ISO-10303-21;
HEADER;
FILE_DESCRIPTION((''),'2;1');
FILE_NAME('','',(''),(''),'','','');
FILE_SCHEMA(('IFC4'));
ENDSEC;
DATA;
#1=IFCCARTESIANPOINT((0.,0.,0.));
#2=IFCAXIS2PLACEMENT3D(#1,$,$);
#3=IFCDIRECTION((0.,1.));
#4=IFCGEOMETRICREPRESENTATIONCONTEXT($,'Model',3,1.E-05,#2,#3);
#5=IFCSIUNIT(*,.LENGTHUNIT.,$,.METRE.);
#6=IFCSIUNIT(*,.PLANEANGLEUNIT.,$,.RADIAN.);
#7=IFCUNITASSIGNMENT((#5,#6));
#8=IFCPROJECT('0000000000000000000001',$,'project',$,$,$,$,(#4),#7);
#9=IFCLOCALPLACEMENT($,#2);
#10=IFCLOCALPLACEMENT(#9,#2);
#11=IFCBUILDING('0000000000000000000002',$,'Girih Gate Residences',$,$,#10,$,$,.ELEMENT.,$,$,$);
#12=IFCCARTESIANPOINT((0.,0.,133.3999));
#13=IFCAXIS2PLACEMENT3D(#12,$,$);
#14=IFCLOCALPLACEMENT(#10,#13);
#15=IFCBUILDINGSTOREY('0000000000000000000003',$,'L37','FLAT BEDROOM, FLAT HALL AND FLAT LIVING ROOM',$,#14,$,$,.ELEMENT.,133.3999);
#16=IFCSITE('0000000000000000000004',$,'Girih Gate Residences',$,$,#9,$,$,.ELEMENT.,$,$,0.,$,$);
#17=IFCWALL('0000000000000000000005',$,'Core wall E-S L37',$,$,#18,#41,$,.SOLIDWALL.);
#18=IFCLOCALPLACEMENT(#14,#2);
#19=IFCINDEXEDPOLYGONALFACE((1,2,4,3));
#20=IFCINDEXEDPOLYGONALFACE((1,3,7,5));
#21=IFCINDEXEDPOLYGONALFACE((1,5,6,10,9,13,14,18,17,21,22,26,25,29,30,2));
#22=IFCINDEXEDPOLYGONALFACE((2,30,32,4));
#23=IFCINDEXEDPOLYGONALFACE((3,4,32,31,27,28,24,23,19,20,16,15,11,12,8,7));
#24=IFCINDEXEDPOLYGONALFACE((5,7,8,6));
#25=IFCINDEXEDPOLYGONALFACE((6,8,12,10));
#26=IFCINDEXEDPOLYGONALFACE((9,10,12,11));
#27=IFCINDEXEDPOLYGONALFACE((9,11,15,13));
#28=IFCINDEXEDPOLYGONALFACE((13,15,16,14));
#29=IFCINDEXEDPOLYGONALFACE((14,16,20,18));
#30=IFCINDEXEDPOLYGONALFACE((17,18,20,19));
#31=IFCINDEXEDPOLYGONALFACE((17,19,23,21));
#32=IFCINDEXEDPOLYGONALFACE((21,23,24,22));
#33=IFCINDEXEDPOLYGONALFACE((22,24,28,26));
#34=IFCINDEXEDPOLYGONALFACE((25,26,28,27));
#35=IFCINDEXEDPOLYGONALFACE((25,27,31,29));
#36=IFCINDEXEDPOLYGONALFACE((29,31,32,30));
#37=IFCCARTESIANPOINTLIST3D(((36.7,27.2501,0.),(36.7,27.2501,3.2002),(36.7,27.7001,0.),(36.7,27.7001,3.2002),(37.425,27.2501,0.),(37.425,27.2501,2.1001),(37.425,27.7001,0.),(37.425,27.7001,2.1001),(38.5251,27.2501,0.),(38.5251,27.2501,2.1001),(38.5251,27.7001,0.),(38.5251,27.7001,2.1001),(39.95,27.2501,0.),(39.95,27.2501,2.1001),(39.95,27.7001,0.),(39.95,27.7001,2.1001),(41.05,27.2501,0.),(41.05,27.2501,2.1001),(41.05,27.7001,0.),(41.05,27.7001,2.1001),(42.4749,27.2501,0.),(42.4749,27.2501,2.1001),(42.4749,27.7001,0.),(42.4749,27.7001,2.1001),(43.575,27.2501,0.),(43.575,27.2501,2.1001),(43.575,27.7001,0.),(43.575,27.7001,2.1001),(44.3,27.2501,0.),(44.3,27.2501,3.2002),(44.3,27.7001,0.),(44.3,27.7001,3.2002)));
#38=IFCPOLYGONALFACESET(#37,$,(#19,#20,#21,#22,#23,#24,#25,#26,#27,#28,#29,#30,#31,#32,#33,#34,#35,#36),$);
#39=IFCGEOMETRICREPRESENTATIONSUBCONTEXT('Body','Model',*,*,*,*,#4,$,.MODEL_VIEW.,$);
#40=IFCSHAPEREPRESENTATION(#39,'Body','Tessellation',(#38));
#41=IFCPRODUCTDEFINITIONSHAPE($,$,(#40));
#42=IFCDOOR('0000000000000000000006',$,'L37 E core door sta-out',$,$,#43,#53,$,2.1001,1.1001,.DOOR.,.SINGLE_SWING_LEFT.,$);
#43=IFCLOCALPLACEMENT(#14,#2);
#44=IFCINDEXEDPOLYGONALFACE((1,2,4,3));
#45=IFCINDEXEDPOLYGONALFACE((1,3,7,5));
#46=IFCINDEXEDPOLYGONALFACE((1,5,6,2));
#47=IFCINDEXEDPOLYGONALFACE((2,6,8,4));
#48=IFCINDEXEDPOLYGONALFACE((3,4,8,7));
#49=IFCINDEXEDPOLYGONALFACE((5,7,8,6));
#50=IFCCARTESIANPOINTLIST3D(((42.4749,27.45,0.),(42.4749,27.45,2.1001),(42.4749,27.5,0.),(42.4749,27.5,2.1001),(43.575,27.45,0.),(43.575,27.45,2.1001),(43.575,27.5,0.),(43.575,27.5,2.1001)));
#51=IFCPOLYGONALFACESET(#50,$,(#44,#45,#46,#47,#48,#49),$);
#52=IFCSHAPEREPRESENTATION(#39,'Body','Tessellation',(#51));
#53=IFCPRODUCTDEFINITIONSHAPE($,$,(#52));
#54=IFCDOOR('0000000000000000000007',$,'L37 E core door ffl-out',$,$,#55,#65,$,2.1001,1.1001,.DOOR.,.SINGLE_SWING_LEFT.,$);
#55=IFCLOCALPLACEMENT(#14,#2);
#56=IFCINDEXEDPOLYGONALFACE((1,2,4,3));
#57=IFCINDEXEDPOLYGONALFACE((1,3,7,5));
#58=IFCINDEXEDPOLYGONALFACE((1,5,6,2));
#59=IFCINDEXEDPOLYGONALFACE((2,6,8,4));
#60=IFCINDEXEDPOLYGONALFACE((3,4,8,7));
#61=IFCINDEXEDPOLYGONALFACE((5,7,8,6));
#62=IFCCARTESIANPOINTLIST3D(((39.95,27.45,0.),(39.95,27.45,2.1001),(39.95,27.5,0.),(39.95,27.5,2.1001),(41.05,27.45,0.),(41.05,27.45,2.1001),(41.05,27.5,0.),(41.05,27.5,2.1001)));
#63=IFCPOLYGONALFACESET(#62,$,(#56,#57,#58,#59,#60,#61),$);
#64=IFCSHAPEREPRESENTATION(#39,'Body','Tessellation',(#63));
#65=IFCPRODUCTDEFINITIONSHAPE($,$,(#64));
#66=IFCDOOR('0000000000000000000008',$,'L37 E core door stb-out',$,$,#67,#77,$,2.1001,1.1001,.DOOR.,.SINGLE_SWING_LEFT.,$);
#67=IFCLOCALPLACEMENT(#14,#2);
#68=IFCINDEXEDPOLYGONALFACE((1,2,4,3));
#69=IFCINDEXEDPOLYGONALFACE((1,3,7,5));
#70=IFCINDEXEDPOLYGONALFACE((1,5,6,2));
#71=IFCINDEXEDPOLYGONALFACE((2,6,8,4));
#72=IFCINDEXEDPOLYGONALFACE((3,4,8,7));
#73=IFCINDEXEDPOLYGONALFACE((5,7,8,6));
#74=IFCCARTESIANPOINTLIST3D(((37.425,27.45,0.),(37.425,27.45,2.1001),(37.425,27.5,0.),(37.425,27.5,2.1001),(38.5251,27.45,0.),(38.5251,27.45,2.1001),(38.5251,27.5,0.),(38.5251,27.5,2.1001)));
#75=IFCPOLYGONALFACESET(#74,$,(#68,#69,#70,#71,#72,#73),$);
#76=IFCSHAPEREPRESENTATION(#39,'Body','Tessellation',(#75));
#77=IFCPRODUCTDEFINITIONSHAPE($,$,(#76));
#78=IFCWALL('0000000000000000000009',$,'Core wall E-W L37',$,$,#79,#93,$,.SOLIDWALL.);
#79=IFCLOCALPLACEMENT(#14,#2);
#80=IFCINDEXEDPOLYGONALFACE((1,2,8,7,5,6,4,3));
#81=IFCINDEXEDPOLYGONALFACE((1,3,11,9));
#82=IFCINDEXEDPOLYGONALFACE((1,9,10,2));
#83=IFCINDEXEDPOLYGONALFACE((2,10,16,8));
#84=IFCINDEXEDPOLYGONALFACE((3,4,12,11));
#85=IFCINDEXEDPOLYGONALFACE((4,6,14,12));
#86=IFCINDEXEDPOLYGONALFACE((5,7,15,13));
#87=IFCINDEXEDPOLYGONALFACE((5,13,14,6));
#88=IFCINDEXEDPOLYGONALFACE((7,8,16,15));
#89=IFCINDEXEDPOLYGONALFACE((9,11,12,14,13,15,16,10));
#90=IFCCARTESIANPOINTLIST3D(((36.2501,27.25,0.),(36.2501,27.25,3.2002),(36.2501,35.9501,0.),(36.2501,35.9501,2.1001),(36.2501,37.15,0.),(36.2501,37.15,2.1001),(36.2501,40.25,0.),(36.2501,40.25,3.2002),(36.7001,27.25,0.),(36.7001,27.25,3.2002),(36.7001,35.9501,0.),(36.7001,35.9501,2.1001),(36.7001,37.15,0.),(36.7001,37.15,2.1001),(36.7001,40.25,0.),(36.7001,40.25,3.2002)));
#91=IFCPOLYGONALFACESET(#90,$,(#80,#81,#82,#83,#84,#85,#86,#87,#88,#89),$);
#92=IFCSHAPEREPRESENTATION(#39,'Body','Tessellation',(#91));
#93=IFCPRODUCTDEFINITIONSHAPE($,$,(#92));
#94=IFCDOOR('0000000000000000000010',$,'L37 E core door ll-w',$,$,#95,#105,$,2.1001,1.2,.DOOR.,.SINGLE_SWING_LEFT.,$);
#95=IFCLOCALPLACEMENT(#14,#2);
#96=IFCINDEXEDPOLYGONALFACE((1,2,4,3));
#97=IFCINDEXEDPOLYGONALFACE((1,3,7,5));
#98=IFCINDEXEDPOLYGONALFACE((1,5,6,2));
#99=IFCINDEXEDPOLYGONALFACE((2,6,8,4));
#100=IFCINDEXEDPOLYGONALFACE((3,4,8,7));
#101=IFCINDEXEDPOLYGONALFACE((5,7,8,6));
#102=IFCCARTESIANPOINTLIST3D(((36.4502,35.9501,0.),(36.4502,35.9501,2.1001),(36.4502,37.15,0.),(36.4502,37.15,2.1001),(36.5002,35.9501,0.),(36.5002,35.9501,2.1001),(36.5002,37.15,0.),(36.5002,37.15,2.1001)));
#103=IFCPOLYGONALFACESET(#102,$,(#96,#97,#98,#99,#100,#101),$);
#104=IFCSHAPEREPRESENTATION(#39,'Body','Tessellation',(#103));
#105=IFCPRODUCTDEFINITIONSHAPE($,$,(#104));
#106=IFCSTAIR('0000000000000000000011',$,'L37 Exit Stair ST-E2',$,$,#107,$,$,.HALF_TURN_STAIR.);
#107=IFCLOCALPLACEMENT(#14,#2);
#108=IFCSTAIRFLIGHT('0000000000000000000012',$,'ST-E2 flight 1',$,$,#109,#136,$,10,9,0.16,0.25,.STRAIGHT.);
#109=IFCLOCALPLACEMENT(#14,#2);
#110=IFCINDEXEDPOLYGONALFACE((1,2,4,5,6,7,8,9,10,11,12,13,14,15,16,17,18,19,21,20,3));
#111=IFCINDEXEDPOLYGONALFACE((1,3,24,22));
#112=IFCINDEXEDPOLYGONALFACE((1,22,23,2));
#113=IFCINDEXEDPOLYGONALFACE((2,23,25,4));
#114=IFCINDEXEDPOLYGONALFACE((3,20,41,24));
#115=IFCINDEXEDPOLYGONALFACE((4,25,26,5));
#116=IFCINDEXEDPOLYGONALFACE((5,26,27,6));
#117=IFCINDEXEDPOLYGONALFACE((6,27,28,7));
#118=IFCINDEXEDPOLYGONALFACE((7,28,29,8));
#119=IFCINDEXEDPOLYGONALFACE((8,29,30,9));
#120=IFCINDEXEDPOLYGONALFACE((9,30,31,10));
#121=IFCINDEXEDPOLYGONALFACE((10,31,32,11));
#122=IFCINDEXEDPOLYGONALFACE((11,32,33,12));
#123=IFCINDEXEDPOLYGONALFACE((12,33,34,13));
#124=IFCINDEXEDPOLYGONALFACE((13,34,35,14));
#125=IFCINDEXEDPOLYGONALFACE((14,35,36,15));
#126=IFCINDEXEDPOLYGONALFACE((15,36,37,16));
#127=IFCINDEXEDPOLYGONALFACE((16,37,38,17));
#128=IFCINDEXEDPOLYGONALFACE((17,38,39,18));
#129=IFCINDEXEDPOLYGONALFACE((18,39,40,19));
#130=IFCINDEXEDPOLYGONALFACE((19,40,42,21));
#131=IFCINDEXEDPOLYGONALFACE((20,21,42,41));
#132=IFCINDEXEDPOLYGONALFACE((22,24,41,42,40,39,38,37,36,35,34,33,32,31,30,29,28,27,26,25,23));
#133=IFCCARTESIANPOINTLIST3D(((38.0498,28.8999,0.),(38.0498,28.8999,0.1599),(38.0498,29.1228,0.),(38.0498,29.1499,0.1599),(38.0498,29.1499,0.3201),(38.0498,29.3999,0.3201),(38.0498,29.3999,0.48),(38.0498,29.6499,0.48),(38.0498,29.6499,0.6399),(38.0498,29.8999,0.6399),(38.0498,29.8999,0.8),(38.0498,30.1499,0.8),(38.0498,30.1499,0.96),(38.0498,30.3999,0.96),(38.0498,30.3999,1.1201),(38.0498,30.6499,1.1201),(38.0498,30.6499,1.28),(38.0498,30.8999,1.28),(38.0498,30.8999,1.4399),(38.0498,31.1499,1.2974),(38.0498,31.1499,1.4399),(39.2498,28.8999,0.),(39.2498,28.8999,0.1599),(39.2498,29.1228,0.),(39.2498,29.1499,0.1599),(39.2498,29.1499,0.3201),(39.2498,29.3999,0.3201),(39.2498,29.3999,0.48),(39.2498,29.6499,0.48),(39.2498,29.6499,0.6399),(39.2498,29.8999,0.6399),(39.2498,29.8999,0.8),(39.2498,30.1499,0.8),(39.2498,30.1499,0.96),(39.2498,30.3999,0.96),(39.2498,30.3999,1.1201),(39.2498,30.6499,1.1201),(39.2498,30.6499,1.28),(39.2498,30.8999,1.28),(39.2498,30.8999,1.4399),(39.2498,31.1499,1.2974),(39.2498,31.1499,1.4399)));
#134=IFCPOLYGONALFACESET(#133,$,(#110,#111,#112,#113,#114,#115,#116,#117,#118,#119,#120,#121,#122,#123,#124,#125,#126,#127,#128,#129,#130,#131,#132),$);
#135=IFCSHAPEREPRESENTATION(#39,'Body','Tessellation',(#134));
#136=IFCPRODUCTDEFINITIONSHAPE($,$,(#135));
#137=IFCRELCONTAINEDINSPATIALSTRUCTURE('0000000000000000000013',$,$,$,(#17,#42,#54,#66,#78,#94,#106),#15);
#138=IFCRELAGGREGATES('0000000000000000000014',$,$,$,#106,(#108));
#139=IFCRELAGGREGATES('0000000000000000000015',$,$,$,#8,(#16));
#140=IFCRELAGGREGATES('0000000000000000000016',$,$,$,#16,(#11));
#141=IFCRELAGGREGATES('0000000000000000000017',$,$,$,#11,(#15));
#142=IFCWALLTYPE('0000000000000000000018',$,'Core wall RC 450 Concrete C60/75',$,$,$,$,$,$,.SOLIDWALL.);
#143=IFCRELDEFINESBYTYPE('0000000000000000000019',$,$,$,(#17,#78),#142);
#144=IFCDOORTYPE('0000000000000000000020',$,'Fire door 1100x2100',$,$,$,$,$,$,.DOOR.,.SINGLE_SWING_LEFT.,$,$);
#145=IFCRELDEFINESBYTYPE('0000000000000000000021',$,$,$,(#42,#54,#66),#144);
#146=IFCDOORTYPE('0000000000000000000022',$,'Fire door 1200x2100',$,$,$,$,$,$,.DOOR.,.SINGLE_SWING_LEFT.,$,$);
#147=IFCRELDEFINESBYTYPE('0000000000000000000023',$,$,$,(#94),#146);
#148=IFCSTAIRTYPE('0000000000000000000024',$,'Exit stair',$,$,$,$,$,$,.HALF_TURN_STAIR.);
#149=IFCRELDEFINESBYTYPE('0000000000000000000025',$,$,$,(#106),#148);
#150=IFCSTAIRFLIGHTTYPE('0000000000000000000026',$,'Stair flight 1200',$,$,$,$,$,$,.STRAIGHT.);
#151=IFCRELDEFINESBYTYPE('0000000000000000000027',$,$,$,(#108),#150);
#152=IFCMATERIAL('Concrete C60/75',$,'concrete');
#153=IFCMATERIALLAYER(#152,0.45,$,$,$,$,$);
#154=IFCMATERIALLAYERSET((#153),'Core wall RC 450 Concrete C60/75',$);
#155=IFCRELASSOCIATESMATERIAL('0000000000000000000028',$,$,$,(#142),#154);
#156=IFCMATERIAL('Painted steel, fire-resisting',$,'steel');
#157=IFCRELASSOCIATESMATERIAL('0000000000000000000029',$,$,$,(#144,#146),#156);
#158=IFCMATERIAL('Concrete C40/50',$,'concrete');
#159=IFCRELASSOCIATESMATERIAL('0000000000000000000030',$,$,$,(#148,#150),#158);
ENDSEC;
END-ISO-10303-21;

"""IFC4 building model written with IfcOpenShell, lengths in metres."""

from ifc_helpers import new_model, si_unit, direction, frame, frame_2d, origin, place, context, subcontext, project, spatial, polyline, rectangle, outline, extrude, material, layer, layer_set, type_object, element, fill, aggregate, save


model = new_model("IFC4")

# Units and contexts
model_context = context("Model", 3, precision=1e-05, world=origin(), true_north=direction((0.0, 1.0)))
body_context = subcontext(model_context, "Body", "Model", "MODEL_VIEW")
ifc_project = project(units=[si_unit("LENGTHUNIT", "METRE"), si_unit("PLANEANGLEUNIT", "RADIAN")], contexts=[model_context])

# Site, building, storey
site_placement = place(None, origin())
site = spatial("IfcSite", under=ifc_project, at=site_placement, Name="Girih Gate Residences", CompositionType="ELEMENT", RefElevation=0.0)
building_placement = place(site_placement, origin())
building = spatial("IfcBuilding", under=site, at=building_placement, Name="Girih Gate Residences", CompositionType="ELEMENT")
storey_placement = place(building_placement, frame((0.0, 0.0, 133.3999)))
storey = spatial("IfcBuildingStorey", under=building, at=storey_placement, Name="L37", Description="FLAT BEDROOM, FLAT HALL AND FLAT LIVING ROOM", CompositionType="ELEMENT", Elevation=133.3999)

# Shared definitions
ifc_material_1 = material(Name="Concrete C60/75", Category="concrete")

# Wall, openings, doors
ifc_layer_1 = layer(ifc_material_1, 0.45)
ifc_layer_set_1 = layer_set([ifc_layer_1], Name="Core wall RC 450 Concrete C60/75")
wall_type_1 = type_object("IfcWallType", Name="Core wall RC 450 Concrete C60/75", PredefinedType="SOLIDWALL", material=ifc_layer_set_1)
wall_1_placement = place(storey_placement, frame((36.7, 27.4751, 0.0), z_axis=(0.0, 0.0, 1.0), x_axis=(1.0, 0.0, 0.0)))
wall_1 = element("IfcWall", 1, at=wall_1_placement, inside=storey, type_object=wall_type_1, Name="Core wall E-S L37", PredefinedType="SOLIDWALL", context=body_context, shape_type="SweptSolid", body=[
    extrude(rectangle(XDim=7.6001, YDim=0.45, at=frame_2d((3.8, 0.0))), origin(), (0.0, 0.0, 1.0), 3.2002),
])
opening_1_placement = place(wall_1_placement, frame((5.7749, 0.0, 0.0)))
opening_1 = element("IfcOpeningElement", 2, at=opening_1_placement, cuts=wall_1, PredefinedType="OPENING", context=body_context, shape_type="SweptSolid", body=[
    extrude(rectangle(XDim=1.1001, YDim=2.1001, at=frame_2d((0.55, 1.05))), frame((0.0, 0.2349, 0.0), z_axis=(0.0, -1.0, 0.0), x_axis=(1.0, 0.0, 0.0)), (0.0, 0.0, 1.0), 0.47),
])
opening_2_placement = place(wall_1_placement, frame((3.25, 0.0, 0.0)))
opening_2 = element("IfcOpeningElement", 3, at=opening_2_placement, cuts=wall_1, PredefinedType="OPENING", context=body_context, shape_type="SweptSolid", body=[
    extrude(rectangle(XDim=1.1001, YDim=2.1001, at=frame_2d((0.55, 1.05))), frame((0.0, 0.2349, 0.0), z_axis=(0.0, -1.0, 0.0), x_axis=(1.0, 0.0, 0.0)), (0.0, 0.0, 1.0), 0.47),
])
opening_3_placement = place(wall_1_placement, frame((0.7251, 0.0, 0.0)))
opening_3 = element("IfcOpeningElement", 4, at=opening_3_placement, cuts=wall_1, PredefinedType="OPENING", context=body_context, shape_type="SweptSolid", body=[
    extrude(rectangle(XDim=1.1001, YDim=2.1001, at=frame_2d((0.55, 1.05))), frame((0.0, 0.2349, 0.0), z_axis=(0.0, -1.0, 0.0), x_axis=(1.0, 0.0, 0.0)), (0.0, 0.0, 1.0), 0.47),
])
ifc_material_2 = material(Name="Painted steel, fire-resisting", Category="steel")
door_type_1 = type_object("IfcDoorType", Name="Fire door 1100x2100", OperationType="SINGLE_SWING_LEFT", PredefinedType="DOOR", material=ifc_material_2)
door_1_placement = place(opening_1_placement, origin())
door_1 = element("IfcDoor", 5, at=door_1_placement, inside=storey, type_object=door_type_1, Name="L37 E core door sta-out", OperationType="SINGLE_SWING_LEFT", OverallHeight=2.1001, OverallWidth=1.1001, PredefinedType="DOOR", context=body_context, shape_type="SweptSolid", body=[
    extrude(rectangle(XDim=1.1001, YDim=2.1001, at=frame_2d((0.55, 1.05))), frame((0.0, 0.0249, 0.0), z_axis=(0.0, -1.0, 0.0), x_axis=(1.0, 0.0, 0.0)), (0.0, 0.0, 1.0), 0.05),
])
fill(opening_1, door_1)
door_2_placement = place(opening_2_placement, origin())
door_2 = element("IfcDoor", 6, at=door_2_placement, inside=storey, type_object=door_type_1, Name="L37 E core door ffl-out", OperationType="SINGLE_SWING_LEFT", OverallHeight=2.1001, OverallWidth=1.1001, PredefinedType="DOOR", context=body_context, shape_type="SweptSolid", body=[
    extrude(rectangle(XDim=1.1001, YDim=2.1001, at=frame_2d((0.55, 1.05))), frame((0.0, 0.0249, 0.0), z_axis=(0.0, -1.0, 0.0), x_axis=(1.0, 0.0, 0.0)), (0.0, 0.0, 1.0), 0.05),
])
fill(opening_2, door_2)
door_3_placement = place(opening_3_placement, origin())
door_3 = element("IfcDoor", 7, at=door_3_placement, inside=storey, type_object=door_type_1, Name="L37 E core door stb-out", OperationType="SINGLE_SWING_LEFT", OverallHeight=2.1001, OverallWidth=1.1001, PredefinedType="DOOR", context=body_context, shape_type="SweptSolid", body=[
    extrude(rectangle(XDim=1.1001, YDim=2.1001, at=frame_2d((0.55, 1.05))), frame((0.0, 0.0249, 0.0), z_axis=(0.0, -1.0, 0.0), x_axis=(1.0, 0.0, 0.0)), (0.0, 0.0, 1.0), 0.05),
])
fill(opening_3, door_3)

# Wall, opening, door
wall_2_placement = place(storey_placement, frame((36.4751, 27.25, 0.0), z_axis=(0.0, 0.0, 1.0), x_axis=(0.0, 1.0, 0.0)))
wall_2 = element("IfcWall", 8, at=wall_2_placement, inside=storey, type_object=wall_type_1, Name="Core wall E-W L37", PredefinedType="SOLIDWALL", context=body_context, shape_type="SweptSolid", body=[
    extrude(rectangle(XDim=13.0, YDim=0.45, at=frame_2d((6.5, 0.0))), origin(), (0.0, 0.0, 1.0), 3.2002),
])
opening_4_placement = place(wall_2_placement, frame((8.7, 0.0, 0.0)))
opening_4 = element("IfcOpeningElement", 9, at=opening_4_placement, cuts=wall_2, PredefinedType="OPENING", context=body_context, shape_type="SweptSolid", body=[
    extrude(rectangle(XDim=1.2, YDim=2.1001, at=frame_2d((0.6001, 1.05))), frame((0.0, 0.2349, 0.0), z_axis=(0.0, -1.0, 0.0), x_axis=(1.0, 0.0, 0.0)), (0.0, 0.0, 1.0), 0.47),
])
door_type_2 = type_object("IfcDoorType", Name="Fire door 1200x2100", OperationType="SINGLE_SWING_LEFT", PredefinedType="DOOR", material=ifc_material_2)
door_4_placement = place(opening_4_placement, origin())
door_4 = element("IfcDoor", 10, at=door_4_placement, inside=storey, type_object=door_type_2, Name="L37 E core door ll-w", OperationType="SINGLE_SWING_LEFT", OverallHeight=2.1001, OverallWidth=1.2, PredefinedType="DOOR", context=body_context, shape_type="SweptSolid", body=[
    extrude(rectangle(XDim=1.2, YDim=2.1001, at=frame_2d((0.6001, 1.05))), frame((0.0, 0.0249, 0.0), z_axis=(0.0, -1.0, 0.0), x_axis=(1.0, 0.0, 0.0)), (0.0, 0.0, 1.0), 0.05),
])
fill(opening_4, door_4)

# Stair, stair flight
ifc_material_3 = material(Name="Concrete C40/50", Category="concrete")
stair_type = type_object("IfcStairType", Name="Exit stair", PredefinedType="HALF_TURN_STAIR", material=ifc_material_3)
stair_placement = place(storey_placement, origin())
stair = element("IfcStair", 11, at=stair_placement, inside=storey, type_object=stair_type, Name="L37 Exit Stair ST-E2", PredefinedType="HALF_TURN_STAIR")
stair_flight_type = type_object("IfcStairFlightType", Name="Stair flight 1200", PredefinedType="STRAIGHT", material=ifc_material_3)
stair_flight_placement = place(storey_placement, frame((38.6499, 28.8999, 0.0), z_axis=(0.0, 0.0, 1.0), x_axis=(0.0, 1.0, 0.0)))
stair_flight = element("IfcStairFlight", 12, at=stair_flight_placement, type_object=stair_flight_type, Name="ST-E2 flight 1", NumberOfRisers=10, NumberOfTreads=9, PredefinedType="STRAIGHT", RiserHeight=0.16, TreadLength=0.25, context=body_context, shape_type="SweptSolid", body=[
    extrude(outline(polyline([(0.0, 0.0), (0.0, 0.1599), (0.25, 0.1599), (0.25, 0.3201), (0.5, 0.3201), (0.5, 0.48), (0.75, 0.48), (0.75, 0.6399), (1.0, 0.6399), (1.0, 0.8), (1.25, 0.8), (1.25, 0.96), (1.5, 0.96), (1.5, 1.1201), (1.75, 1.1201), (1.75, 1.28), (2.0, 1.28), (2.0, 1.4399), (2.25, 1.4399), (2.25, 1.6001), (2.25, 1.2974), (0.2229, 0.0), (0.0, 0.0)])), frame((0.0, 0.6001, 0.0), z_axis=(0.0, -1.0, 0.0), x_axis=(1.0, 0.0, 0.0)), (0.0, 0.0, 1.0), 1.2),
])
aggregate(stair, [stair_flight])

save(model, "model.ifc")
